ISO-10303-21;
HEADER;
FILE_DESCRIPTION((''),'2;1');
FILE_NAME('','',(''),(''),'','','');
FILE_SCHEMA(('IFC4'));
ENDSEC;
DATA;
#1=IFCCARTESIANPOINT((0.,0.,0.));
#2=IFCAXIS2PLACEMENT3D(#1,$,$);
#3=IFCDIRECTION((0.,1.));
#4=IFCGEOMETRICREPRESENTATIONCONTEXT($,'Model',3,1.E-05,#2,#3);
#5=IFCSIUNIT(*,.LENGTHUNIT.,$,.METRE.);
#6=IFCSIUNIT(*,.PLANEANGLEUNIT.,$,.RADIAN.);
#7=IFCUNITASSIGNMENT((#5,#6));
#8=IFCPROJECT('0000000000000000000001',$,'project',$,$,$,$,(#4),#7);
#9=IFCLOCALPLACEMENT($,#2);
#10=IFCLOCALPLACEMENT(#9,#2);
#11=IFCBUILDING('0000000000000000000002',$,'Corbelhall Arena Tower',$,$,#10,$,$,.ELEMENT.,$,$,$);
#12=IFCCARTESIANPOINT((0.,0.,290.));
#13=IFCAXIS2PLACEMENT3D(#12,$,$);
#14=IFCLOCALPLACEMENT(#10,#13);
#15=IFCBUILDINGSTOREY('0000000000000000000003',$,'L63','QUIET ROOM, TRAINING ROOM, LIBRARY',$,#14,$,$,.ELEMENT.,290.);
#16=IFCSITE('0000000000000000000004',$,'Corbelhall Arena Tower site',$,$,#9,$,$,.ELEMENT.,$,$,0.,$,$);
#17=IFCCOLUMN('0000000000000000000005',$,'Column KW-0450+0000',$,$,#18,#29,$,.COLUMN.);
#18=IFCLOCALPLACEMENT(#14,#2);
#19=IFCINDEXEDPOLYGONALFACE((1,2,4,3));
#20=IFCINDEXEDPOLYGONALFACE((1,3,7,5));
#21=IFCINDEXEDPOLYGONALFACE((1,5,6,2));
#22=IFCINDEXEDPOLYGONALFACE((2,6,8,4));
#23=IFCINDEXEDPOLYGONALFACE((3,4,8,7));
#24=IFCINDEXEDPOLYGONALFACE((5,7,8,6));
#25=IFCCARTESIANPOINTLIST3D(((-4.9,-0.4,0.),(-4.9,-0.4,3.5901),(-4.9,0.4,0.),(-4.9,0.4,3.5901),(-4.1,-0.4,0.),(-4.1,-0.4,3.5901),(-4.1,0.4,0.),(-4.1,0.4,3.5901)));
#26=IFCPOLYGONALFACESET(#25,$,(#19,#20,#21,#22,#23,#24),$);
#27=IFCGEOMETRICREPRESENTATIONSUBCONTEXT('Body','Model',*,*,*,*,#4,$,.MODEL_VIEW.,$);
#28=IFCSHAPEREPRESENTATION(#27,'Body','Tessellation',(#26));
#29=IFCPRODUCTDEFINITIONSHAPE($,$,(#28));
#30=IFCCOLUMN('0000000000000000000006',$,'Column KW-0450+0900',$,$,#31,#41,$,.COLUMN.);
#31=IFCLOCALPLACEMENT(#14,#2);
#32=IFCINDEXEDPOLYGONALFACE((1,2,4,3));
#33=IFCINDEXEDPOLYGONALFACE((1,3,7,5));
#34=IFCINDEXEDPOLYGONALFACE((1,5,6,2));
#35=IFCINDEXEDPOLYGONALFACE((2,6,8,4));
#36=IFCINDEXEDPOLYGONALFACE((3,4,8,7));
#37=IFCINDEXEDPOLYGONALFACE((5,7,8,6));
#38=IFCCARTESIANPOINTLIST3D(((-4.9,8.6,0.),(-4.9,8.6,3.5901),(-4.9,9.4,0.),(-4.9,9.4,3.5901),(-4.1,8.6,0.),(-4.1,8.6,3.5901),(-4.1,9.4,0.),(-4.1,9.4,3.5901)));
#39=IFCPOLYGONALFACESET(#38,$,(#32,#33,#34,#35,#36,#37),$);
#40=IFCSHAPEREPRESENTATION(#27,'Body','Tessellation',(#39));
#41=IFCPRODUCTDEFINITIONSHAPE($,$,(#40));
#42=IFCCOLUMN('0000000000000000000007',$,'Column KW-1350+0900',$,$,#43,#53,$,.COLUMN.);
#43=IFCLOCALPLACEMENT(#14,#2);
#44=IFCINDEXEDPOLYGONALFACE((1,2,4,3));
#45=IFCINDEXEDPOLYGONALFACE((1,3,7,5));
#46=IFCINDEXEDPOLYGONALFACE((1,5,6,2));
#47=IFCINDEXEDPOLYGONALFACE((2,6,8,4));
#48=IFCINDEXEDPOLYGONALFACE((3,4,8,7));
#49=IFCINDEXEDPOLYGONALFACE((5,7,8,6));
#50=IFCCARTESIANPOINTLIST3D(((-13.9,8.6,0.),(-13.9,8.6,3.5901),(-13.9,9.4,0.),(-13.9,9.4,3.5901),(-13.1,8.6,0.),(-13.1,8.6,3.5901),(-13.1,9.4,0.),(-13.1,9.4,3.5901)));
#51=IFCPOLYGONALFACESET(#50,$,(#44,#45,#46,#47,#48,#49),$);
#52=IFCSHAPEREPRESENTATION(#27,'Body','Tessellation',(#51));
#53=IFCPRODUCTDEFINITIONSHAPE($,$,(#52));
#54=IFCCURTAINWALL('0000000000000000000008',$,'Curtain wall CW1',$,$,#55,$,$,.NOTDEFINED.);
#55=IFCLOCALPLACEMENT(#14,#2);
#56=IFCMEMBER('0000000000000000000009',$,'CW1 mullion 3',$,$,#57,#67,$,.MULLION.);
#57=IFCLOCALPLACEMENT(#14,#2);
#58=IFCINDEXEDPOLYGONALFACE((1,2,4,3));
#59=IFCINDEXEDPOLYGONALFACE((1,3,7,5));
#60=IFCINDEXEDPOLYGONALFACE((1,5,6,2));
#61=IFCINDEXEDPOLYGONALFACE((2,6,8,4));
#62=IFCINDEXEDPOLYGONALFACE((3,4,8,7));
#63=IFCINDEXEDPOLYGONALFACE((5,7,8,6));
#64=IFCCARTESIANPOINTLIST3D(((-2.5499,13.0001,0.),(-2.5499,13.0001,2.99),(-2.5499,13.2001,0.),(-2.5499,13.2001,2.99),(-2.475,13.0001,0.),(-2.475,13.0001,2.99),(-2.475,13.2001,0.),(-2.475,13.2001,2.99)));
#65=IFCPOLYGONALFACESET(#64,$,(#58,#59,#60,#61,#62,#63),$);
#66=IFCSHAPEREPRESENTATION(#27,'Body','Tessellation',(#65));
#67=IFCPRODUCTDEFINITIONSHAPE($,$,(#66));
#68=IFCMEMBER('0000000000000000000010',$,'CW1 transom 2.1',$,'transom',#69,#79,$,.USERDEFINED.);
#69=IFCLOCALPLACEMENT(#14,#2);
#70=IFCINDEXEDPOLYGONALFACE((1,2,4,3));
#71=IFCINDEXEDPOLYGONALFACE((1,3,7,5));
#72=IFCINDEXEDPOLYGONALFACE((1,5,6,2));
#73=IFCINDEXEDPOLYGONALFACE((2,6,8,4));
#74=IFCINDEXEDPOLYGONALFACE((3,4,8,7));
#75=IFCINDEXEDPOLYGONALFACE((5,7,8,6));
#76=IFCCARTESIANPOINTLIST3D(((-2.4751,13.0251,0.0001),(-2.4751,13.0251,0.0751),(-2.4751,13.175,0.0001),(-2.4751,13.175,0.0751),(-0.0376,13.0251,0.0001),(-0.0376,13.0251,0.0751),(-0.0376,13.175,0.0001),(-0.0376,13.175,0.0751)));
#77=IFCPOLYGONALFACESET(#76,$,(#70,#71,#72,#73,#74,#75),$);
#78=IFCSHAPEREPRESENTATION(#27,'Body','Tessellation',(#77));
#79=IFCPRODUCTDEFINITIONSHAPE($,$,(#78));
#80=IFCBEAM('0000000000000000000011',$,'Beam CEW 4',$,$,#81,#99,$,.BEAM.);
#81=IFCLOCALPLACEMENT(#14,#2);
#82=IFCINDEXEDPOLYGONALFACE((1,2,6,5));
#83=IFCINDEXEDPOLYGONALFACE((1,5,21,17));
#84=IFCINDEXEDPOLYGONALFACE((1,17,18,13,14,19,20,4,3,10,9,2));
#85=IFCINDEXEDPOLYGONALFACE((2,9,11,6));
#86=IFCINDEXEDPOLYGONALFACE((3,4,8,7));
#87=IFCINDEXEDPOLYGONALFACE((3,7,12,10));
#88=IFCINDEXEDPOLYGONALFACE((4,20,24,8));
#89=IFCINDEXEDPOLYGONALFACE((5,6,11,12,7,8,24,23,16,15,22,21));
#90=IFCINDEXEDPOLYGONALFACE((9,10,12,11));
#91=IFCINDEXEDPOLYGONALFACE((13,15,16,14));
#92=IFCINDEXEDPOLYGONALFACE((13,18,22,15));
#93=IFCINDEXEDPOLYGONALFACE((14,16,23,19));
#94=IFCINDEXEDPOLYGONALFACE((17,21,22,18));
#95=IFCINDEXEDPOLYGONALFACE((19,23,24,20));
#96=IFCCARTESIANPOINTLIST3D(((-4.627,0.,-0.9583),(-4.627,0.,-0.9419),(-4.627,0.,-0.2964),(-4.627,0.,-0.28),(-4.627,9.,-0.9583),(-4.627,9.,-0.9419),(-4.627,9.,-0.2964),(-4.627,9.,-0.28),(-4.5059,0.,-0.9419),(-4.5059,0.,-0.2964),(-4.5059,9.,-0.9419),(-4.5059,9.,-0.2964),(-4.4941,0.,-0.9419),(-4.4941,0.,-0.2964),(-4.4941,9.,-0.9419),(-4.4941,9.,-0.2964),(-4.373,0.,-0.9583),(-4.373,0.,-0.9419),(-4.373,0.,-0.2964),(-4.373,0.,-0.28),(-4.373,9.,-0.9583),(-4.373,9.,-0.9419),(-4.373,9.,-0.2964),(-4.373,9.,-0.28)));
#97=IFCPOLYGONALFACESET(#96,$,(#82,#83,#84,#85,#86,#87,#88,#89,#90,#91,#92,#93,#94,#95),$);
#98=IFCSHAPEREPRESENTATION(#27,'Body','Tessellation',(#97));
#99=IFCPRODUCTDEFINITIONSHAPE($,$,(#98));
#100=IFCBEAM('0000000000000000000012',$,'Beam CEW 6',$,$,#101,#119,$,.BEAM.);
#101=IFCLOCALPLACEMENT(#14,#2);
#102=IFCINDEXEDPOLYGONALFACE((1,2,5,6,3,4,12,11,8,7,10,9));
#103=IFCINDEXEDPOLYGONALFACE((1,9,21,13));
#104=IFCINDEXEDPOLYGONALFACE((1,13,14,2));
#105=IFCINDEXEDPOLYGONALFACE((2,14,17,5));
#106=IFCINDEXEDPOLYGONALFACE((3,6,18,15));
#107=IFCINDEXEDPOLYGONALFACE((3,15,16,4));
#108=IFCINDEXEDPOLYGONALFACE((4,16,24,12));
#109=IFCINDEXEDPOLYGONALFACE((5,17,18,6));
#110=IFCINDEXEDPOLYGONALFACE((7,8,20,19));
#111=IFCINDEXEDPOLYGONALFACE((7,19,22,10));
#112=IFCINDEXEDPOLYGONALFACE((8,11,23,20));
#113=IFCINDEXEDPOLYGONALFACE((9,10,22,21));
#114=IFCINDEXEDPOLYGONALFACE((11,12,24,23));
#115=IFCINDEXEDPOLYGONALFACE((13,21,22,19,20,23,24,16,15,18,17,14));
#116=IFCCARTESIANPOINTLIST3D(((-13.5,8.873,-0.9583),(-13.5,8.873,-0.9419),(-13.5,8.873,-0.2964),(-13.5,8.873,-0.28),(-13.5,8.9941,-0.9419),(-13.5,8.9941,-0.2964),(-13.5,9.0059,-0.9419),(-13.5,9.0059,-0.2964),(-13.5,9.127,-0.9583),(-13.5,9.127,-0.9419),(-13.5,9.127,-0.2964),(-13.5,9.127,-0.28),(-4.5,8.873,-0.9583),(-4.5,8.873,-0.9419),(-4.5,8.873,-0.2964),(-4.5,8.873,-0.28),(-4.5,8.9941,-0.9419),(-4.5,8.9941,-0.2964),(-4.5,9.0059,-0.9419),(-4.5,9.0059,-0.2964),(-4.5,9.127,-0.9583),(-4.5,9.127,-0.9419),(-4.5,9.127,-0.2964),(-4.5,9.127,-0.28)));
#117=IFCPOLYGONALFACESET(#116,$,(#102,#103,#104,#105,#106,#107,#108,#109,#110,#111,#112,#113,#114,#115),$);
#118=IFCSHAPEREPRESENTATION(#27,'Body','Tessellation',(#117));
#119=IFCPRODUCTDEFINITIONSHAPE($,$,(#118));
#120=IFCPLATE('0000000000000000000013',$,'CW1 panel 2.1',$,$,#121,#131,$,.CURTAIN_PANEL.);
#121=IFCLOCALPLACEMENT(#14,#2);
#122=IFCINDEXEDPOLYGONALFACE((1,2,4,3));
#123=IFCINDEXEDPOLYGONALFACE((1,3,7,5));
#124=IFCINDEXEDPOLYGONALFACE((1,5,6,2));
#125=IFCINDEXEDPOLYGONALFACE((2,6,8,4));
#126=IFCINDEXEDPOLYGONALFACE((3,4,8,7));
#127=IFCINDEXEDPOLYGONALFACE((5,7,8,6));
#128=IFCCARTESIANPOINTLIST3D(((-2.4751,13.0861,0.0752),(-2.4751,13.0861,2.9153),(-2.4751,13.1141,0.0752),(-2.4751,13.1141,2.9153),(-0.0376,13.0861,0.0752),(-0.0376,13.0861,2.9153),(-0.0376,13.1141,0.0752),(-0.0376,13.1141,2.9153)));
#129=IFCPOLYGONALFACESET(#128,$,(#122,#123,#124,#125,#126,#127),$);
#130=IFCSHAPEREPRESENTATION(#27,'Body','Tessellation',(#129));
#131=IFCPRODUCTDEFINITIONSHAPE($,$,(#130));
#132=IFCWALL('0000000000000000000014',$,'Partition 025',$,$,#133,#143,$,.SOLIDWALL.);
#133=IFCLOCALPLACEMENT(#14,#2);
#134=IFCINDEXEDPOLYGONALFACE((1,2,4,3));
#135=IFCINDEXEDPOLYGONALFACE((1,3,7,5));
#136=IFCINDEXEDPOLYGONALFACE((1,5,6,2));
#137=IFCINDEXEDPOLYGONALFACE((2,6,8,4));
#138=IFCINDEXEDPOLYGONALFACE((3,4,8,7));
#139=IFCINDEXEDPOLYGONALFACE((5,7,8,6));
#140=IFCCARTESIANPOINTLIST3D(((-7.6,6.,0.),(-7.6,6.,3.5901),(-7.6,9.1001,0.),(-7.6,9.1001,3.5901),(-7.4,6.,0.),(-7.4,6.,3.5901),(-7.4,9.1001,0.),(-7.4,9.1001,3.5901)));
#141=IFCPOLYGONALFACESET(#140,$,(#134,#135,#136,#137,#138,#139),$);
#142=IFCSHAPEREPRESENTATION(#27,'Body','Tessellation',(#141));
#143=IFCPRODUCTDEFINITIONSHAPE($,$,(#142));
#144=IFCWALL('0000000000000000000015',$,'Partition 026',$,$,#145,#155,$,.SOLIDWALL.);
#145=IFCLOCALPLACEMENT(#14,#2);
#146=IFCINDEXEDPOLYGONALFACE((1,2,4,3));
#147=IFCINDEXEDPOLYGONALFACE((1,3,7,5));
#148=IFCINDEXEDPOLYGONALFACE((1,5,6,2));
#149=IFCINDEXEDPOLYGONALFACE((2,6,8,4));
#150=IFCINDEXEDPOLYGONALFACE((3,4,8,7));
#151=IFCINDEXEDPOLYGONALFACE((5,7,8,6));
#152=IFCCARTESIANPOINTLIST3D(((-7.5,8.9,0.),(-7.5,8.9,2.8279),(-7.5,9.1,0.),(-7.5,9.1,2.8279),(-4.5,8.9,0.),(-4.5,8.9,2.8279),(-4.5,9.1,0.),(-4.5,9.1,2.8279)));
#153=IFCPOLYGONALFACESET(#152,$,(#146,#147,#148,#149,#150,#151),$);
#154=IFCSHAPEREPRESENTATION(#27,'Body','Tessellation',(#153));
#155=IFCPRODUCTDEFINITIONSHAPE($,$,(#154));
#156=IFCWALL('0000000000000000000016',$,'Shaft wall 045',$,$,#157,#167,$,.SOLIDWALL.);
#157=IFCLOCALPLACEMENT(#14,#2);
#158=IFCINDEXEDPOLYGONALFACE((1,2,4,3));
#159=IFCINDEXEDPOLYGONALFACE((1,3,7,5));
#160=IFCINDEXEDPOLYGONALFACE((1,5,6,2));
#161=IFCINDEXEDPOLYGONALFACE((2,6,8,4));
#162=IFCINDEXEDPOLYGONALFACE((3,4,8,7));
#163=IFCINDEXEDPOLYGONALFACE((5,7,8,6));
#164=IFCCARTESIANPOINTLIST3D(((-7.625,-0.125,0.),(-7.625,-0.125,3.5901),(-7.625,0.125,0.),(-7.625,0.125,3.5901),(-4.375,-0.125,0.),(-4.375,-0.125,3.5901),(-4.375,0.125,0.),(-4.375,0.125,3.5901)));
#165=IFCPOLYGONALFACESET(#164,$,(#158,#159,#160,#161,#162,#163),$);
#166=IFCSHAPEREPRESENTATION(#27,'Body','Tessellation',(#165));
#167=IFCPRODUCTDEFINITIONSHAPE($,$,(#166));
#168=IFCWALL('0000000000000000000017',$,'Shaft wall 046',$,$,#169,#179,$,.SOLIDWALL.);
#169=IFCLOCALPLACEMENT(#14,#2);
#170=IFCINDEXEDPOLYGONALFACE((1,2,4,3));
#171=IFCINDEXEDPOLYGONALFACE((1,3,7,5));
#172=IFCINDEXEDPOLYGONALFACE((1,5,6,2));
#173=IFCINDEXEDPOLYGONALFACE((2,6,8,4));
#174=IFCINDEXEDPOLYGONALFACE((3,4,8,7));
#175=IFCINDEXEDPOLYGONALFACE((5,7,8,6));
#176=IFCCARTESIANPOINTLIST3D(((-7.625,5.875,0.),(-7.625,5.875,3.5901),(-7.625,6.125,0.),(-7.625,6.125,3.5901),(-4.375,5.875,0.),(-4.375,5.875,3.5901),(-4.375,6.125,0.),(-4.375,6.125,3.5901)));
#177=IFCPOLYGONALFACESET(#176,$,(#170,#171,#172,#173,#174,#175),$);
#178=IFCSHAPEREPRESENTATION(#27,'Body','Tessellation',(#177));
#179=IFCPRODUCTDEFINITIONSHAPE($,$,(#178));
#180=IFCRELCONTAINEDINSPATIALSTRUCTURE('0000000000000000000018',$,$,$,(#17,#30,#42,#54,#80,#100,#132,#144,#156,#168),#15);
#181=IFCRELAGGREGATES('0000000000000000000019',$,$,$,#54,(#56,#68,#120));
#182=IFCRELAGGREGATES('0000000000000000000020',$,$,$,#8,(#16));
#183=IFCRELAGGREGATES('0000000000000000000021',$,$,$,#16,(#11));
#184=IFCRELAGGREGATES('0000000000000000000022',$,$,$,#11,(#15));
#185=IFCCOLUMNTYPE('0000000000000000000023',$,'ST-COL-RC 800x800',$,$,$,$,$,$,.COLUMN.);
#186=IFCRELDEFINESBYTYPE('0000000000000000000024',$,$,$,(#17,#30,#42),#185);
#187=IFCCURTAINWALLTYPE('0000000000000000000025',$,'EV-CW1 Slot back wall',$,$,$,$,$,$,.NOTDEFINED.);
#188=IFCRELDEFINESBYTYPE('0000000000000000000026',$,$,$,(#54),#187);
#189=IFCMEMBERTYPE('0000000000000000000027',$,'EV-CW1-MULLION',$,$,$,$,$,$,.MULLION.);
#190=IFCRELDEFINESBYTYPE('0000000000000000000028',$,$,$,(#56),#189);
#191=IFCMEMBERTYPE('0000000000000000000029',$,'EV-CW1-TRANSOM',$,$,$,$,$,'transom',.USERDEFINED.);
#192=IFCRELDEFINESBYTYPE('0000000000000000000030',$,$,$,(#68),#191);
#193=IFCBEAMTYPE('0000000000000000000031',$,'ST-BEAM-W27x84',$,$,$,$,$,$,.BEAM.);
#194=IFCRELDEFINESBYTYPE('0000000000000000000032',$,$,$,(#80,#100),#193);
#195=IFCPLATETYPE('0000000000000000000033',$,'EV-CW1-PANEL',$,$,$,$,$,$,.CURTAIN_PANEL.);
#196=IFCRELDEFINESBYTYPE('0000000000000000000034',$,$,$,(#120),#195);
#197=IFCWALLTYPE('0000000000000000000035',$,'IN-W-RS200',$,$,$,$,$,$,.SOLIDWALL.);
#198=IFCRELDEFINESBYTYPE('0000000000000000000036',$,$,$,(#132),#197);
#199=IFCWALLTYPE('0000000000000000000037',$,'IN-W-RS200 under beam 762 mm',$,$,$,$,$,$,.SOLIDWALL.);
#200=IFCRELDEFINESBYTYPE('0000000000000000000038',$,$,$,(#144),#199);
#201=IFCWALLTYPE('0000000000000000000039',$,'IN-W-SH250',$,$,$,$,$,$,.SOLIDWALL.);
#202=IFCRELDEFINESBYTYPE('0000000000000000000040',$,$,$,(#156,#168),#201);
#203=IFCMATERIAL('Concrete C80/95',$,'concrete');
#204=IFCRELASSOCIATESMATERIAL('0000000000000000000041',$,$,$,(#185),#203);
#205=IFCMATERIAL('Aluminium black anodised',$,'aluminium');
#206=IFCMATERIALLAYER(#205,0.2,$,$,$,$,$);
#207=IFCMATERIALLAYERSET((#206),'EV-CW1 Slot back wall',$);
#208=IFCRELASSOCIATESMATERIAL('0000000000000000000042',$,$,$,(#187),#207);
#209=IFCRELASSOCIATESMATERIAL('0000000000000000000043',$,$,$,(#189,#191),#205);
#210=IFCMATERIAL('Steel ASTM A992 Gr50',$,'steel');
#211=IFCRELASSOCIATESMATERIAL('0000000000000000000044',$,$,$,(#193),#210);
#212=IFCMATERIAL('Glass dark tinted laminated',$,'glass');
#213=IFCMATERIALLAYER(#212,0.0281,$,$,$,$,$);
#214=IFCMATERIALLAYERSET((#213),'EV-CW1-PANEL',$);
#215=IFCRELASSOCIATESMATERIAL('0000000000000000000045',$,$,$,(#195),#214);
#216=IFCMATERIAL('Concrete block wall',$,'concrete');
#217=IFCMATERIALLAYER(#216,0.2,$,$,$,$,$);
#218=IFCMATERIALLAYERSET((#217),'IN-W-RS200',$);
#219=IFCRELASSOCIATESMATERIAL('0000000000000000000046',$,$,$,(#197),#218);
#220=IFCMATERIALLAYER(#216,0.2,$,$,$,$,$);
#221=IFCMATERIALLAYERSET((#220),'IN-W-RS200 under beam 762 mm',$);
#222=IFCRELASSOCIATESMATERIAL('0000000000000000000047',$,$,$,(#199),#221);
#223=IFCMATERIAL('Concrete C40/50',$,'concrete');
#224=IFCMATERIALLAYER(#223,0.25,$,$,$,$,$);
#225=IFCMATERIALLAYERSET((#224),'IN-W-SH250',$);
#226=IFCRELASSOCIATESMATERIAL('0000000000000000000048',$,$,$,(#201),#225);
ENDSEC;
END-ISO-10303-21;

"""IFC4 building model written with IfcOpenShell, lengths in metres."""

from ifc_helpers import new_model, si_unit, direction, frame, frame_2d, origin, origin_2d, place, context, subcontext, project, spatial, rectangle, i_section, extrude, material, layer, layer_set, material_profile, profile_set, type_object, element, aggregate, save


model = new_model("IFC4")

# Units and contexts
model_context = context("Model", 3, precision=1e-05, world=origin(), true_north=direction((0.0, 1.0)))
body_context = subcontext(model_context, "Body", "Model", "MODEL_VIEW")
ifc_project = project(units=[si_unit("LENGTHUNIT", "METRE"), si_unit("PLANEANGLEUNIT", "RADIAN")], contexts=[model_context])

# Site, building, storey
site_placement = place(None, origin())
site = spatial("IfcSite", under=ifc_project, at=site_placement, Name="Corbelhall Arena Tower site", CompositionType="ELEMENT", RefElevation=0.0)
building_placement = place(site_placement, origin())
building = spatial("IfcBuilding", under=site, at=building_placement, Name="Corbelhall Arena Tower", CompositionType="ELEMENT")
storey_placement = place(building_placement, frame((0.0, 0.0, 290.0)))
storey = spatial("IfcBuildingStorey", under=building, at=storey_placement, Name="L63", Description="QUIET ROOM, TRAINING ROOM, LIBRARY", CompositionType="ELEMENT", Elevation=290.0)

# Columns
ifc_material_1 = material(Name="Concrete C80/95", Category="concrete")
ifc_material_profile_1 = material_profile(ifc_material_1, rectangle(XDim=0.8, YDim=0.8, at=origin_2d()))
ifc_profile_set_1 = profile_set([ifc_material_profile_1], Name="Concrete C80/95")
column_type = type_object("IfcColumnType", Name="ST-COL-RC 800x800", PredefinedType="COLUMN", material=ifc_profile_set_1)
for number, where, z_axis, x_axis, name in (
    (1, (-4.5, 0.0, 0.0), (0.0, 0.0, 1.0), (1.0, 0.0, 0.0), "Column KW-0450+0000"),
    (2, (-4.5, 9.0, 0.0), (0.0, 0.0, 1.0), (1.0, 0.0, 0.0), "Column KW-0450+0900"),
    (3, (-13.5, 9.0, 0.0), (0.0, 0.0, 1.0), (1.0, 0.0, 0.0), "Column KW-1350+0900"),
):
    element("IfcColumn", number, at=place(storey_placement, frame(where, z_axis=z_axis, x_axis=x_axis)), inside=storey, type_object=column_type, Name=name, PredefinedType="COLUMN", context=body_context, shape_type="SweptSolid", body=[
        extrude(rectangle(XDim=0.8, YDim=0.8, at=origin_2d()), origin(), (0.0, 0.0, 1.0), 3.5901),
    ])

# Curtain wall, members
ifc_material_2 = material(Name="Aluminium black anodised", Category="aluminium")
ifc_layer_1 = layer(ifc_material_2, 0.2)
ifc_layer_set_1 = layer_set([ifc_layer_1], Name="EV-CW1 Slot back wall")
curtain_wall_type = type_object("IfcCurtainWallType", Name="EV-CW1 Slot back wall", PredefinedType="NOTDEFINED", material=ifc_layer_set_1)
curtain_wall_placement = place(storey_placement, origin())
curtain_wall = element("IfcCurtainWall", 4, at=curtain_wall_placement, inside=storey, type_object=curtain_wall_type, Name="Curtain wall CW1", PredefinedType="NOTDEFINED")
ifc_material_profile_2 = material_profile(ifc_material_2, rectangle(XDim=0.2, YDim=0.075, at=origin_2d()))
ifc_profile_set_2 = profile_set([ifc_material_profile_2], Name="Aluminium black anodised")
member_type_1 = type_object("IfcMemberType", Name="EV-CW1-MULLION", PredefinedType="MULLION", material=ifc_profile_set_2)
member_1_placement = place(storey_placement, frame((-2.5125, 13.1001, 0.0), z_axis=(0.0, 0.0, 1.0), x_axis=(0.0, -1.0, 0.0)))
member_1 = element("IfcMember", 5, at=member_1_placement, type_object=member_type_1, Name="CW1 mullion 3", PredefinedType="MULLION", context=body_context, shape_type="SweptSolid", body=[
    extrude(rectangle(XDim=0.2, YDim=0.075, at=origin_2d()), origin(), (0.0, 0.0, 1.0), 2.99),
])
ifc_material_profile_3 = material_profile(ifc_material_2, rectangle(XDim=0.1499, YDim=0.075, at=origin_2d()))
ifc_profile_set_3 = profile_set([ifc_material_profile_3], Name="Aluminium black anodised")
member_type_2 = type_object("IfcMemberType", Name="EV-CW1-TRANSOM", ElementType="transom", PredefinedType="USERDEFINED", material=ifc_profile_set_3)
member_2_placement = place(storey_placement, frame((-0.0376, 13.1001, 0.0376), z_axis=(-1.0, 0.0, 0.0), x_axis=(0.0, -1.0, 0.0)))
member_2 = element("IfcMember", 6, at=member_2_placement, type_object=member_type_2, Name="CW1 transom 2.1", ObjectType="transom", PredefinedType="USERDEFINED", context=body_context, shape_type="SweptSolid", body=[
    extrude(rectangle(XDim=0.1499, YDim=0.075, at=origin_2d()), origin(), (0.0, 0.0, 1.0), 2.4375),
])

# Beams
ifc_material_3 = material(Name="Steel ASTM A992 Gr50", Category="steel")
ifc_material_profile_4 = material_profile(ifc_material_3, i_section(OverallWidth=0.2539, OverallDepth=0.6782, WebThickness=0.0117, FlangeThickness=0.0164, at=origin_2d()))
ifc_profile_set_4 = profile_set([ifc_material_profile_4], Name="Steel ASTM A992 Gr50")
beam_type = type_object("IfcBeamType", Name="ST-BEAM-W27x84", PredefinedType="BEAM", material=ifc_profile_set_4)
for number, where, z_axis, x_axis, name in (
    (7, (-4.5, 0.0, -0.6191), (0.0, 1.0, 0.0), (-1.0, 0.0, 0.0), "Beam CEW 4"),
    (8, (-13.5, 9.0, -0.6191), (1.0, 0.0, 0.0), (0.0, 1.0, 0.0), "Beam CEW 6"),
):
    element("IfcBeam", number, at=place(storey_placement, frame(where, z_axis=z_axis, x_axis=x_axis)), inside=storey, type_object=beam_type, Name=name, PredefinedType="BEAM", context=body_context, shape_type="SweptSolid", body=[
        extrude(i_section(OverallWidth=0.2539, OverallDepth=0.6782, WebThickness=0.0117, FlangeThickness=0.0164, at=origin_2d()), origin(), (0.0, 0.0, 1.0), 9.0),
    ])

# Plate
ifc_material_4 = material(Name="Glass dark tinted laminated", Category="glass")
ifc_layer_2 = layer(ifc_material_4, 0.0281)
ifc_layer_set_2 = layer_set([ifc_layer_2], Name="EV-CW1-PANEL")
plate_type = type_object("IfcPlateType", Name="EV-CW1-PANEL", PredefinedType="CURTAIN_PANEL", material=ifc_layer_set_2)
plate_placement = place(storey_placement, frame((-1.2563, 13.1001, 0.0752), z_axis=(0.0, 0.0, 1.0), x_axis=(-1.0, 0.0, 0.0)))
plate = element("IfcPlate", 9, at=plate_placement, type_object=plate_type, Name="CW1 panel 2.1", PredefinedType="CURTAIN_PANEL", context=body_context, shape_type="SweptSolid", body=[
    extrude(rectangle(XDim=2.4375, YDim=0.0281, at=origin_2d()), origin(), (0.0, 0.0, 1.0), 2.8401),
])
aggregate(curtain_wall, [member_1, member_2, plate])

# Walls
ifc_material_5 = material(Name="Concrete block wall", Category="concrete")
ifc_layer_3 = layer(ifc_material_5, 0.2)
ifc_layer_set_3 = layer_set([ifc_layer_3], Name="IN-W-RS200")
wall_type_1 = type_object("IfcWallType", Name="IN-W-RS200", PredefinedType="SOLIDWALL", material=ifc_layer_set_3)
wall_1_placement = place(storey_placement, frame((-7.5, 6.0, 0.0), z_axis=(0.0, 0.0, 1.0), x_axis=(0.0, 1.0, 0.0)))
element("IfcWall", 10, at=wall_1_placement, inside=storey, type_object=wall_type_1, Name="Partition 025", PredefinedType="SOLIDWALL", context=body_context, shape_type="SweptSolid", body=[
    extrude(rectangle(XDim=3.1001, YDim=0.2, at=frame_2d((1.55, 0.0))), origin(), (0.0, 0.0, 1.0), 3.5901),
])
ifc_layer_4 = layer(ifc_material_5, 0.2)
ifc_layer_set_4 = layer_set([ifc_layer_4], Name="IN-W-RS200 under beam 762 mm")
wall_type_2 = type_object("IfcWallType", Name="IN-W-RS200 under beam 762 mm", PredefinedType="SOLIDWALL", material=ifc_layer_set_4)
wall_2_placement = place(storey_placement, frame((-7.5, 9.0, 0.0), z_axis=(0.0, 0.0, 1.0), x_axis=(1.0, 0.0, 0.0)))
element("IfcWall", 11, at=wall_2_placement, inside=storey, type_object=wall_type_2, Name="Partition 026", PredefinedType="SOLIDWALL", context=body_context, shape_type="SweptSolid", body=[
    extrude(rectangle(XDim=3.0, YDim=0.2, at=frame_2d((1.5, 0.0))), origin(), (0.0, 0.0, 1.0), 2.8279),
])

# Walls
ifc_material_6 = material(Name="Concrete C40/50", Category="concrete")
ifc_layer_5 = layer(ifc_material_6, 0.25)
ifc_layer_set_5 = layer_set([ifc_layer_5], Name="IN-W-SH250")
wall_type_3 = type_object("IfcWallType", Name="IN-W-SH250", PredefinedType="SOLIDWALL", material=ifc_layer_set_5)
for number, where, z_axis, x_axis, name in (
    (12, (-7.625, 0.0, 0.0), (0.0, 0.0, 1.0), (1.0, 0.0, 0.0), "Shaft wall 045"),
    (13, (-7.625, 6.0, 0.0), (0.0, 0.0, 1.0), (1.0, 0.0, 0.0), "Shaft wall 046"),
):
    element("IfcWall", number, at=place(storey_placement, frame(where, z_axis=z_axis, x_axis=x_axis)), inside=storey, type_object=wall_type_3, Name=name, PredefinedType="SOLIDWALL", context=body_context, shape_type="SweptSolid", body=[
        extrude(rectangle(XDim=3.25, YDim=0.25, at=frame_2d((1.625, 0.0))), origin(), (0.0, 0.0, 1.0), 3.5901),
    ])

save(model, "model.ifc")
